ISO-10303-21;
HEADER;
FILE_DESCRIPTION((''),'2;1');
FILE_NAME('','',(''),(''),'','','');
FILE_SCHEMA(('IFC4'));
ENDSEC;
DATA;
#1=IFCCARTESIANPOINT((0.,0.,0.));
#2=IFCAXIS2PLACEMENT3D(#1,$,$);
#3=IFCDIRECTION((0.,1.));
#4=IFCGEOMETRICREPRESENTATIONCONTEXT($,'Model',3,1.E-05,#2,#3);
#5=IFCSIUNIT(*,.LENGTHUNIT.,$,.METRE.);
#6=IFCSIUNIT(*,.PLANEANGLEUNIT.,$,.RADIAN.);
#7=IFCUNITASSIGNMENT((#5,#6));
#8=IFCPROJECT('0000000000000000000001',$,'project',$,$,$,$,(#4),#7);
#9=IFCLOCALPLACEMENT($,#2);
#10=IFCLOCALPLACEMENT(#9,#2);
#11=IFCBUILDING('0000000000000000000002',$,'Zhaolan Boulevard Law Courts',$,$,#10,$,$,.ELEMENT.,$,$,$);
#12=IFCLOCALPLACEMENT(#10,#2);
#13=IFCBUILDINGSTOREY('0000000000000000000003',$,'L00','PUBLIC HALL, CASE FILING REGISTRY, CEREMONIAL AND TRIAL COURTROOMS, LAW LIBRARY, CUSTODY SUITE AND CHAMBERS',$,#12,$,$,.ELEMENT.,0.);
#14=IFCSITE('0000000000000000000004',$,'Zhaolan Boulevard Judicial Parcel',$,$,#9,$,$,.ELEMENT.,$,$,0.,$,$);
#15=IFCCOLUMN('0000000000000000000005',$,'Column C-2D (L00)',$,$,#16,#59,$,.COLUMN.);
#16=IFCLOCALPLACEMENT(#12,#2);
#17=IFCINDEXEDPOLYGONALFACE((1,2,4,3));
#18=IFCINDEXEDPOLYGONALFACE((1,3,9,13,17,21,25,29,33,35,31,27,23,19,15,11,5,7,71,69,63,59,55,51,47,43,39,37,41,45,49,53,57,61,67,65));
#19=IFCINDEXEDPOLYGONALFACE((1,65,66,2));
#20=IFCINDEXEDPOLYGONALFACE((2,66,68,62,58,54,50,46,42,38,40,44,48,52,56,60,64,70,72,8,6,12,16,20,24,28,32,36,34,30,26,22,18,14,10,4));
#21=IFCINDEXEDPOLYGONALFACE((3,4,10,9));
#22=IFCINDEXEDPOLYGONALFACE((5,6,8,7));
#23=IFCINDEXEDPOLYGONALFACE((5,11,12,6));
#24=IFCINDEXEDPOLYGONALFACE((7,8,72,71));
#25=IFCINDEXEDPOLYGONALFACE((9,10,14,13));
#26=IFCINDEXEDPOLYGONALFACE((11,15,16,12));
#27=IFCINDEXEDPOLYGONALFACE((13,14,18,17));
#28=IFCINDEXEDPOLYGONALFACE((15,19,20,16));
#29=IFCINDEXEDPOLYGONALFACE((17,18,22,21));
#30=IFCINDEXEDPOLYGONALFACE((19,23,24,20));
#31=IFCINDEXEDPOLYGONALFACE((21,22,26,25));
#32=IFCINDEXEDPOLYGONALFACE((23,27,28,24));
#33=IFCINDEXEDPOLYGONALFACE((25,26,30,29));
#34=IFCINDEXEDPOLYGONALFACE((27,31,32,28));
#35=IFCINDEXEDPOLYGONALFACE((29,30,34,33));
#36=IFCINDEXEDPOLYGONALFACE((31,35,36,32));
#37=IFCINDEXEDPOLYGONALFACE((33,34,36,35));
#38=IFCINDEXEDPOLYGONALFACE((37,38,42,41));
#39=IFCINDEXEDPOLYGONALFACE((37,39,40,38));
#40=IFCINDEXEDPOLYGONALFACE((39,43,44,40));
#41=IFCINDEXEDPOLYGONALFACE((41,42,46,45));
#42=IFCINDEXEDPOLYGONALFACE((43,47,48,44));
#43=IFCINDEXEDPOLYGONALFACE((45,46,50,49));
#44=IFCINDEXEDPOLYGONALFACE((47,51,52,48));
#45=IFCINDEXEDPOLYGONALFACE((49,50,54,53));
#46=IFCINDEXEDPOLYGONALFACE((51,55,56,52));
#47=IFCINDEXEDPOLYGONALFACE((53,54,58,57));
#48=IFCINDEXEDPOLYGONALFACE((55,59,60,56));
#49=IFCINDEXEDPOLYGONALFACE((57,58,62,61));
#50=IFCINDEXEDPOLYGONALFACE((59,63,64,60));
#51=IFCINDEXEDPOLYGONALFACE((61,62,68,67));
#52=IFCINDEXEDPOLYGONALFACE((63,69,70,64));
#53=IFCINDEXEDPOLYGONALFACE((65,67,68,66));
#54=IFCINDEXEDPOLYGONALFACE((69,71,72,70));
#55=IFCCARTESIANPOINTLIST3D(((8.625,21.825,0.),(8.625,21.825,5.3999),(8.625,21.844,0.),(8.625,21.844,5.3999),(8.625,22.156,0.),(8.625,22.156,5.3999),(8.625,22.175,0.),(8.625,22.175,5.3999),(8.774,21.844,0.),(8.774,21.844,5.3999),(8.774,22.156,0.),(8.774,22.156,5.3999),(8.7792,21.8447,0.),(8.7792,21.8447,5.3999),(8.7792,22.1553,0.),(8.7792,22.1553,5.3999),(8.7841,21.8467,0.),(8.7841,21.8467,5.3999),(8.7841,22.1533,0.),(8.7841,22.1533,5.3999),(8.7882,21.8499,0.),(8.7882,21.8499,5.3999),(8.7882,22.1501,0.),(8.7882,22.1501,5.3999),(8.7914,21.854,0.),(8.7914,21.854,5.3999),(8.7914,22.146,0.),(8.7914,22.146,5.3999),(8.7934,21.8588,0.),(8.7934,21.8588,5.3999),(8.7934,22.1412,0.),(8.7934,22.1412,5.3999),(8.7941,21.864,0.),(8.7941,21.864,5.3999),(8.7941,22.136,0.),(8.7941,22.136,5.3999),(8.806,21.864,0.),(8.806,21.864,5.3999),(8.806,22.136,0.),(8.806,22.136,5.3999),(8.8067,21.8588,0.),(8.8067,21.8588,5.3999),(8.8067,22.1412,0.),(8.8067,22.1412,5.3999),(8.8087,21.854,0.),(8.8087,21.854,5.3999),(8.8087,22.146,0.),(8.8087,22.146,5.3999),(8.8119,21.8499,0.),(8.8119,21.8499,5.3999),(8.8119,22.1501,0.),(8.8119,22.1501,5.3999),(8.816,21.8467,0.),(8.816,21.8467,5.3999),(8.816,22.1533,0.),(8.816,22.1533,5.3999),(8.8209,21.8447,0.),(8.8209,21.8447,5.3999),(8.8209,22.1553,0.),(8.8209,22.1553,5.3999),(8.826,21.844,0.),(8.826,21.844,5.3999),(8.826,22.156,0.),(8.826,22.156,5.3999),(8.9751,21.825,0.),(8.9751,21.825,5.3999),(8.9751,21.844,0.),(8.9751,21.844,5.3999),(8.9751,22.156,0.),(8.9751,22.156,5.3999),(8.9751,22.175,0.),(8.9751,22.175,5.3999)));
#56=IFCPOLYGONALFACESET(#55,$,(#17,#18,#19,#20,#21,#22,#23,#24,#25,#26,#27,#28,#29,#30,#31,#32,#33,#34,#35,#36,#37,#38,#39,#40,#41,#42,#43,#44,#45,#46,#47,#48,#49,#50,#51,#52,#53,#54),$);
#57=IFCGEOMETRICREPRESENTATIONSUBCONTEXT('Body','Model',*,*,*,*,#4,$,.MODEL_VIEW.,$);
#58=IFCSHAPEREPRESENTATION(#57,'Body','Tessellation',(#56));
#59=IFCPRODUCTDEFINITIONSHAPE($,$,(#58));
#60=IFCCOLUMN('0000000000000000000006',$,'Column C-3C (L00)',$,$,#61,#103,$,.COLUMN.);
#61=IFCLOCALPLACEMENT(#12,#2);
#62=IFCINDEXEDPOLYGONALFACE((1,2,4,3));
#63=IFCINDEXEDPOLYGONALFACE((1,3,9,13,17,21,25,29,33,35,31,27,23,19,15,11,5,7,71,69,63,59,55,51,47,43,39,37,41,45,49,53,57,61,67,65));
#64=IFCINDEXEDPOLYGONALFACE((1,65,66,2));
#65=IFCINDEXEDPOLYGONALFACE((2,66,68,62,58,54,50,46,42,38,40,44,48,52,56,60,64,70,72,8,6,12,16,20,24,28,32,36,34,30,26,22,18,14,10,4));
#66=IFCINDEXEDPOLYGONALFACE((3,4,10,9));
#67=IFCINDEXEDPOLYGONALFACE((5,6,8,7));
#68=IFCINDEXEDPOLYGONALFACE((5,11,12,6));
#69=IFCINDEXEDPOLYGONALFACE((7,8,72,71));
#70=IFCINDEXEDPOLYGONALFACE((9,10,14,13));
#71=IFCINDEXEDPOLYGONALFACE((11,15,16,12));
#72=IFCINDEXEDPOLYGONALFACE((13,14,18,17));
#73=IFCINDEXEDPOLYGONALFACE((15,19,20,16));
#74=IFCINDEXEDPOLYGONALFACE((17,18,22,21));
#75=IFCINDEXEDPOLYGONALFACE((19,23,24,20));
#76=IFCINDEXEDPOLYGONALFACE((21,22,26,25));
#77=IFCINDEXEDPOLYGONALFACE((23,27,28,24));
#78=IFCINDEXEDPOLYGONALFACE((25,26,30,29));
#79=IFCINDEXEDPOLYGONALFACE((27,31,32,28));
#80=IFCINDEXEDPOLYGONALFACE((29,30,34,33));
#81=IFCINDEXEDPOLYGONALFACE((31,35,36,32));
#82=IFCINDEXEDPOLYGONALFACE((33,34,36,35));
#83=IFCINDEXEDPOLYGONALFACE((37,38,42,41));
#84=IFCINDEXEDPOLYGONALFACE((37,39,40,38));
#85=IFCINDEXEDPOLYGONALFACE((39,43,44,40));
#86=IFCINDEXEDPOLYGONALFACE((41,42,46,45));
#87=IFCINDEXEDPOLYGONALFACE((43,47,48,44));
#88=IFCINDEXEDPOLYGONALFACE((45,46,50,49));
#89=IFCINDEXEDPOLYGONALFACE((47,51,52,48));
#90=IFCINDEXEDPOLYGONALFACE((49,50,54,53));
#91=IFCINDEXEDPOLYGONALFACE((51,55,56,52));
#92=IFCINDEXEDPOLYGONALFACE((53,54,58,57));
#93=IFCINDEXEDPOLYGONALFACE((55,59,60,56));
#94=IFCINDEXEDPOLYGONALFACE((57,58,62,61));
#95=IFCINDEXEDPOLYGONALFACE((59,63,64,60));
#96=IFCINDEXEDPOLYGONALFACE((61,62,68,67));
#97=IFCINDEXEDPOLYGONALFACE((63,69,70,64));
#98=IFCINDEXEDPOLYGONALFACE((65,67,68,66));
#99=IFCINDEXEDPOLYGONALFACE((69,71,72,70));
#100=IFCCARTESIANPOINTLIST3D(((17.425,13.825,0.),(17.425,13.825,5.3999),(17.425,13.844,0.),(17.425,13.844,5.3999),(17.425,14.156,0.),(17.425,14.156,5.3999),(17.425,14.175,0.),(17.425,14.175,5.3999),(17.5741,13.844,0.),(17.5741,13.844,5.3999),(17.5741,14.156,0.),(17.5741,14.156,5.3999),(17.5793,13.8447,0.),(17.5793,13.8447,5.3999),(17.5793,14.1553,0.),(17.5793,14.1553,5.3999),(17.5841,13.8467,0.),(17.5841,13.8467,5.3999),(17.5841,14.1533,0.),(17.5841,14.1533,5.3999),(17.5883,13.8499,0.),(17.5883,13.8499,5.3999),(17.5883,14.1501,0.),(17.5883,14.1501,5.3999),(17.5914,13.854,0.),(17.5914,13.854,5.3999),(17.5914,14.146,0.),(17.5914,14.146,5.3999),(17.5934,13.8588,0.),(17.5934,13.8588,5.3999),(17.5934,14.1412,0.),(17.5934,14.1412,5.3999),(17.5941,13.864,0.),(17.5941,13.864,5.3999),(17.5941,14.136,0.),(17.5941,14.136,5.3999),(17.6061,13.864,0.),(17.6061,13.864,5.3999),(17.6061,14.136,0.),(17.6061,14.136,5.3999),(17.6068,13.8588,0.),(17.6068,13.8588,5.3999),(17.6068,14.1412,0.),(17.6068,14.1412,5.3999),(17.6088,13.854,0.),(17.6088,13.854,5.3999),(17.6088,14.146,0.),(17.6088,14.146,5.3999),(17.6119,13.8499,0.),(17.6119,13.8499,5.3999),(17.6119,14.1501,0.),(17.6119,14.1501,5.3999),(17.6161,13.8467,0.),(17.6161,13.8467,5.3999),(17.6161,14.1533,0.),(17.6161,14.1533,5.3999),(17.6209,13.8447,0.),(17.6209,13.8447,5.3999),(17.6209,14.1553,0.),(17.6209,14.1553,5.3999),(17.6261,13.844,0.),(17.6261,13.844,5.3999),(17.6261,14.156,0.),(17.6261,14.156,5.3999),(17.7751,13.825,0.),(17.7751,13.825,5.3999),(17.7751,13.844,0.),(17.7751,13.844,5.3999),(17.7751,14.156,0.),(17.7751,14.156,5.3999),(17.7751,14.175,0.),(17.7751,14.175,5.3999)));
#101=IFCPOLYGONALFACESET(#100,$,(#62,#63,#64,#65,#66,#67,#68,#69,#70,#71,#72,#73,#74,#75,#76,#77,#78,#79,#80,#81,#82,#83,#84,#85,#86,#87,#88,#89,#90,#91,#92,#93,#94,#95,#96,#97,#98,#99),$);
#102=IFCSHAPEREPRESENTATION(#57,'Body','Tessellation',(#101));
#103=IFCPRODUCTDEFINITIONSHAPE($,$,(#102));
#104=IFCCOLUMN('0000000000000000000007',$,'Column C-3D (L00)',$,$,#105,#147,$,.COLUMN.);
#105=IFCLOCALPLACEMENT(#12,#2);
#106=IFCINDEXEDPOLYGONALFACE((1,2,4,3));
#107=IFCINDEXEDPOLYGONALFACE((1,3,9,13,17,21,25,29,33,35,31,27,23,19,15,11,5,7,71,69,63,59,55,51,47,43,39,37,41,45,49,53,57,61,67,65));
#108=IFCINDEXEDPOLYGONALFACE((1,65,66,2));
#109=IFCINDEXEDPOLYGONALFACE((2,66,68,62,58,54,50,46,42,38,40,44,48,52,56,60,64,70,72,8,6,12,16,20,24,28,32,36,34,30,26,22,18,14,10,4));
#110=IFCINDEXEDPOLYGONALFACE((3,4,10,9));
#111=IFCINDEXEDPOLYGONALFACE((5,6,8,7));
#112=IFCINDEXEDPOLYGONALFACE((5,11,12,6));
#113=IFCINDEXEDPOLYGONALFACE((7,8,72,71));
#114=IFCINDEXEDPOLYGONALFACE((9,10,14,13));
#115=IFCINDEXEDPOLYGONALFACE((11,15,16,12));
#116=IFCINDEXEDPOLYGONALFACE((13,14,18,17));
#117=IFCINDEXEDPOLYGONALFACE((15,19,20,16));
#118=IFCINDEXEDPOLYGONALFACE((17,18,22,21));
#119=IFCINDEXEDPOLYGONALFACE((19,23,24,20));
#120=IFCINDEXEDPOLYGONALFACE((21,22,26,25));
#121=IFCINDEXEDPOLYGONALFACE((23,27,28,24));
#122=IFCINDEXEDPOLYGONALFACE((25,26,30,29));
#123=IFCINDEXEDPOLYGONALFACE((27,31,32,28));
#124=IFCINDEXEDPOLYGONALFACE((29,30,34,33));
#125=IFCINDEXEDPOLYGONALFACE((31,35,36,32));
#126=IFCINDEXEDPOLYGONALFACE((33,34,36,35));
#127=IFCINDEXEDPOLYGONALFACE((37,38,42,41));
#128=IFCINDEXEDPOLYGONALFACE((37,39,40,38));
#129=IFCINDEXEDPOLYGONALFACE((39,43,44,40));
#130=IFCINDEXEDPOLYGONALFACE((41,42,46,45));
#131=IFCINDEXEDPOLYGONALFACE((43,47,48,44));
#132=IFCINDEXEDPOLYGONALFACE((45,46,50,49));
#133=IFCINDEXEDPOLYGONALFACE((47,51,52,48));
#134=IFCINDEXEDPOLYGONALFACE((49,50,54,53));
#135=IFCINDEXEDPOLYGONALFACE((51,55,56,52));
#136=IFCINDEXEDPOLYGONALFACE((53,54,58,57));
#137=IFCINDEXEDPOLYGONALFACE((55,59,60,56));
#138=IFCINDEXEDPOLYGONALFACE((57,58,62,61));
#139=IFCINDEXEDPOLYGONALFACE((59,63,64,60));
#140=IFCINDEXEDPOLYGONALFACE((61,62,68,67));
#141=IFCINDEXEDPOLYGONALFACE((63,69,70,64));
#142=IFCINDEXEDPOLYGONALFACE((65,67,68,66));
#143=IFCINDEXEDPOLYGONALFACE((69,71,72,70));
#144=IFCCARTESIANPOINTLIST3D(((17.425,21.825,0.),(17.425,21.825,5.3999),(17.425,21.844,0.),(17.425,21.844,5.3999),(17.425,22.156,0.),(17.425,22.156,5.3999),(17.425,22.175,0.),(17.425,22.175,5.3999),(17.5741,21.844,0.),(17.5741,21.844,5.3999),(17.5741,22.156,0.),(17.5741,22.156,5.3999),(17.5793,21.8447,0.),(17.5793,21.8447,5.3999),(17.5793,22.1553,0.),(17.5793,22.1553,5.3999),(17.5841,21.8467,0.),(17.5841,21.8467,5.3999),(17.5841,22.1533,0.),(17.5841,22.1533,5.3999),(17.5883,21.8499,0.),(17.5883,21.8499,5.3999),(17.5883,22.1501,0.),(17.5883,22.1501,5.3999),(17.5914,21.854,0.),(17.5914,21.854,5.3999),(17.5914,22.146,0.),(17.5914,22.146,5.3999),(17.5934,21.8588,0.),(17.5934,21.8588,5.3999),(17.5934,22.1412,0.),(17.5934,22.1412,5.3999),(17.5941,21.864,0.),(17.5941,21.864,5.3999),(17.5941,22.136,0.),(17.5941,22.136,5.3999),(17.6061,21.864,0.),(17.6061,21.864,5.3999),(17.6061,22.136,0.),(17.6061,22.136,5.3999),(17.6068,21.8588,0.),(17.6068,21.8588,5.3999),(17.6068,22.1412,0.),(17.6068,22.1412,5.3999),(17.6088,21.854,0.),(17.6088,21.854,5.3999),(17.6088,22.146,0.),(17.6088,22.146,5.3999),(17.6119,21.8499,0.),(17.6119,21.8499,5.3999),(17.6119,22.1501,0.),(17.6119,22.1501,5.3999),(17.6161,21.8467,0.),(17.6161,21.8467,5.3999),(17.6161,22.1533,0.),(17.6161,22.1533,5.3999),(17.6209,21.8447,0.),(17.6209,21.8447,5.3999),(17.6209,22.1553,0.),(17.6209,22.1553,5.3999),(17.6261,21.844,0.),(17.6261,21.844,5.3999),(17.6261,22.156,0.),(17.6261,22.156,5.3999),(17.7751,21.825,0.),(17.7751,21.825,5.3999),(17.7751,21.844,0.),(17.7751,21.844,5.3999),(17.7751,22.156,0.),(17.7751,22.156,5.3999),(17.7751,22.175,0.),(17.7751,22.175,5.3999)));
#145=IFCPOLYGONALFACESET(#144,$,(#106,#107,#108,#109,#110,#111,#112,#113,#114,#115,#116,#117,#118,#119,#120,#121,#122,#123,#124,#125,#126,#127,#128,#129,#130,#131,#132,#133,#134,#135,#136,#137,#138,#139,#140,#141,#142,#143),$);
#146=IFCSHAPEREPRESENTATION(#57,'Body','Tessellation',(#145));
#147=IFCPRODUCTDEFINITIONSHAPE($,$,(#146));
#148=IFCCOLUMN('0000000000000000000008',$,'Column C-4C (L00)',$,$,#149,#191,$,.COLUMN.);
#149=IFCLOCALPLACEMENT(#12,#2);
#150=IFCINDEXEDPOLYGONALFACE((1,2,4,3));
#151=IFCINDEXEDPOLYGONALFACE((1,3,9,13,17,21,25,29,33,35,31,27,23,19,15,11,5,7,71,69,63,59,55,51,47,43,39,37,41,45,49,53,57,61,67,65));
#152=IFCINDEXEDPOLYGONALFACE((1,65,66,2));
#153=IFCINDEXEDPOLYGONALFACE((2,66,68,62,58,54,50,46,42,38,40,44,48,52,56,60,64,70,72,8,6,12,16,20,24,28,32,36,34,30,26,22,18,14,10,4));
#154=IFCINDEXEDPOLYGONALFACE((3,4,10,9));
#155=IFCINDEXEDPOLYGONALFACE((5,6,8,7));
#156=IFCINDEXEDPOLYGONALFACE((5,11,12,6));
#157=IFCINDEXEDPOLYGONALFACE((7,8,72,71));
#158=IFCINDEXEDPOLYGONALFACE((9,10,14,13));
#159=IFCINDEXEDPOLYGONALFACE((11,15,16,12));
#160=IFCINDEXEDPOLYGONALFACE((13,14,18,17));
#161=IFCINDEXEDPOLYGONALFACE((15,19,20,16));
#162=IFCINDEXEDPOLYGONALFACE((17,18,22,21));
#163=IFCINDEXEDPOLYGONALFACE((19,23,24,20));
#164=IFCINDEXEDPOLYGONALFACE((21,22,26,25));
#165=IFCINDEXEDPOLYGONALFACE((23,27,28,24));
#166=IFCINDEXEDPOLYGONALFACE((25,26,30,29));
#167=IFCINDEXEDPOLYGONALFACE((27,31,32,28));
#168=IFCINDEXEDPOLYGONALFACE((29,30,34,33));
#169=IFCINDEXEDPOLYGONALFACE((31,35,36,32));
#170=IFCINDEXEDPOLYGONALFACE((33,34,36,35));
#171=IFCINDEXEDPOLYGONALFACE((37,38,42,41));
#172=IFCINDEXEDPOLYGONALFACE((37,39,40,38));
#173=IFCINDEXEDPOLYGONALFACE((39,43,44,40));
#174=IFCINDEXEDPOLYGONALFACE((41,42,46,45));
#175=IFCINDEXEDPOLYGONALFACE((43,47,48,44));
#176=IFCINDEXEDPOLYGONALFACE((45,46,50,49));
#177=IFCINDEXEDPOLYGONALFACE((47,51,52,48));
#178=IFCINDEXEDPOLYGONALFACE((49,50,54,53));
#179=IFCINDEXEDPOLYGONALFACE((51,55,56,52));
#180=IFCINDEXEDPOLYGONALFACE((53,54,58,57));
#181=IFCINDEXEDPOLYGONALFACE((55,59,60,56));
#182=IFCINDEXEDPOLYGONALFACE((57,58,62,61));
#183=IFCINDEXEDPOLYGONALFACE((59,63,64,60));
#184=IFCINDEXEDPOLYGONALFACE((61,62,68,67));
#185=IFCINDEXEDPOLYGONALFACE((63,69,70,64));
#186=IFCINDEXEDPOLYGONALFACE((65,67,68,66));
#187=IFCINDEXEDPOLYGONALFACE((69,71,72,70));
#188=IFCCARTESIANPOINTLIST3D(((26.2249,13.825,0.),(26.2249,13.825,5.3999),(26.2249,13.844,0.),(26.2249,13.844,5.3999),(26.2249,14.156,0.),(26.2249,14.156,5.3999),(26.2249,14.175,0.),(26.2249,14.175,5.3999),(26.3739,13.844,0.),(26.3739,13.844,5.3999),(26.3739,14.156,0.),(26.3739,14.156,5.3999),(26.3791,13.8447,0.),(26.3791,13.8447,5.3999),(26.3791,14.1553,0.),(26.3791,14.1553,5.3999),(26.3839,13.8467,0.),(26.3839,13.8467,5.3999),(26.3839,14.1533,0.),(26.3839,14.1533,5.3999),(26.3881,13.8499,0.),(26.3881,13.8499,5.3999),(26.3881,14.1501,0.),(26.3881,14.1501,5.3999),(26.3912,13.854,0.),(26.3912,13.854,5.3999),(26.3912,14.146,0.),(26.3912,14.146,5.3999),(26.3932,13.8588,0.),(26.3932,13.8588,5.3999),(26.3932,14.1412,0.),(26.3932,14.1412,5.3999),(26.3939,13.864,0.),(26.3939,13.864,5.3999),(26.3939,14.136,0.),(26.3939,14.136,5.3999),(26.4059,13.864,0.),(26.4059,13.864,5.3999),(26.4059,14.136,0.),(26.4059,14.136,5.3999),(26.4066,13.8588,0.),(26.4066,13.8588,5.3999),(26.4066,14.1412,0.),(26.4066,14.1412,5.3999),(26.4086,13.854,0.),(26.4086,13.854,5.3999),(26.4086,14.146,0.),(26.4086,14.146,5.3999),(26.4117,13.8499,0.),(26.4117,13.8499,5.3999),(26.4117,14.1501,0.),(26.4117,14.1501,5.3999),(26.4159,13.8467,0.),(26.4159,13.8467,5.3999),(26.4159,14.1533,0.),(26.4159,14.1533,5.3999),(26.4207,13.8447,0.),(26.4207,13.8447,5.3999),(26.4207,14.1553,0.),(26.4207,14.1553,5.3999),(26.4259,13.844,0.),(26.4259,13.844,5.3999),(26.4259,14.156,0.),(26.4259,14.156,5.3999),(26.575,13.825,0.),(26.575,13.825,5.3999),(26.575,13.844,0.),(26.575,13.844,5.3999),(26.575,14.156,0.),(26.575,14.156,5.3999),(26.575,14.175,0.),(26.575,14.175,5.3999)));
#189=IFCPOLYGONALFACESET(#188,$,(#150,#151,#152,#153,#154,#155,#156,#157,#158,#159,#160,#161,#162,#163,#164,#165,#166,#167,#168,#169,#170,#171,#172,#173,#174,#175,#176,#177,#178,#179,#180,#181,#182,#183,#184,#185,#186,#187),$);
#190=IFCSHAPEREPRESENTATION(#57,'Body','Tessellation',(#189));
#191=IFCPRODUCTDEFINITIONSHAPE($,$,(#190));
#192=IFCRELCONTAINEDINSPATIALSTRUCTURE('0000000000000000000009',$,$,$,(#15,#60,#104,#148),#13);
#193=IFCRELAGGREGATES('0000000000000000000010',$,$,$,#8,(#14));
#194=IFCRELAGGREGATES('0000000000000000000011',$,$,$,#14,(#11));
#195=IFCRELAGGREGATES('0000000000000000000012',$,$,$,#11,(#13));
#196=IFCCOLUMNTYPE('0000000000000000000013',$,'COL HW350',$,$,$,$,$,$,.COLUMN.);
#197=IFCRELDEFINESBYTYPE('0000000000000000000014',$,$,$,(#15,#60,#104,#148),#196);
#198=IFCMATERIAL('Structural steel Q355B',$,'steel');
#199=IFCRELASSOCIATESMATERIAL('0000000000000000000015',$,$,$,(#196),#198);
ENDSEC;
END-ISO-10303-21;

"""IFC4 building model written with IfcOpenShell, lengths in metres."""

from ifc_helpers import new_model, si_unit, direction, frame, origin, origin_2d, place, context, subcontext, project, spatial, i_section, extrude, material, material_profile, profile_set, type_object, element, save


model = new_model("IFC4")

# Units and contexts
model_context = context("Model", 3, precision=1e-05, world=origin(), true_north=direction((0.0, 1.0)))
body_context = subcontext(model_context, "Body", "Model", "MODEL_VIEW")
ifc_project = project(units=[si_unit("LENGTHUNIT", "METRE"), si_unit("PLANEANGLEUNIT", "RADIAN")], contexts=[model_context])

# Site, building, storey
site_placement = place(None, origin())
site = spatial("IfcSite", under=ifc_project, at=site_placement, Name="Zhaolan Boulevard Judicial Parcel", CompositionType="ELEMENT", RefElevation=0.0)
building_placement = place(site_placement, origin())
building = spatial("IfcBuilding", under=site, at=building_placement, Name="Zhaolan Boulevard Law Courts", CompositionType="ELEMENT")
storey_placement = place(building_placement, origin())
storey = spatial("IfcBuildingStorey", under=building, at=storey_placement, Name="L00", Description="PUBLIC HALL, CASE FILING REGISTRY, CEREMONIAL AND TRIAL COURTROOMS, LAW LIBRARY, CUSTODY SUITE AND CHAMBERS", CompositionType="ELEMENT", Elevation=0.0)

# Columns
ifc_material_1 = material(Name="Structural steel Q355B", Category="steel")
ifc_material_profile_1 = material_profile(ifc_material_1, i_section(OverallWidth=0.3501, OverallDepth=0.3501, WebThickness=0.012, FlangeThickness=0.019, FilletRadius=0.02, at=origin_2d()), Name="HW350x350")
ifc_profile_set_1 = profile_set([ifc_material_profile_1], Name="Structural steel Q355B")
column_type = type_object("IfcColumnType", Name="COL HW350", PredefinedType="COLUMN", material=ifc_profile_set_1)
for number, where, z_axis, x_axis, name in (
    (1, (8.8, 22.0, 0.0), (0.0, 0.0, 1.0), (1.0, 0.0, 0.0), "Column C-2D (L00)"),
    (2, (17.6001, 14.0, 0.0), (0.0, 0.0, 1.0), (1.0, 0.0, 0.0), "Column C-3C (L00)"),
    (3, (17.6001, 22.0, 0.0), (0.0, 0.0, 1.0), (1.0, 0.0, 0.0), "Column C-3D (L00)"),
    (4, (26.3999, 14.0, 0.0), (0.0, 0.0, 1.0), (1.0, 0.0, 0.0), "Column C-4C (L00)"),
):
    element("IfcColumn", number, at=place(storey_placement, frame(where, z_axis=z_axis, x_axis=x_axis)), inside=storey, type_object=column_type, Name=name, PredefinedType="COLUMN", context=body_context, shape_type="SweptSolid", body=[
        extrude(i_section(OverallWidth=0.3501, OverallDepth=0.3501, WebThickness=0.012, FlangeThickness=0.019, FilletRadius=0.02, at=origin_2d()), origin(), (0.0, 0.0, 1.0), 5.3999),
    ])

save(model, "model.ifc")
